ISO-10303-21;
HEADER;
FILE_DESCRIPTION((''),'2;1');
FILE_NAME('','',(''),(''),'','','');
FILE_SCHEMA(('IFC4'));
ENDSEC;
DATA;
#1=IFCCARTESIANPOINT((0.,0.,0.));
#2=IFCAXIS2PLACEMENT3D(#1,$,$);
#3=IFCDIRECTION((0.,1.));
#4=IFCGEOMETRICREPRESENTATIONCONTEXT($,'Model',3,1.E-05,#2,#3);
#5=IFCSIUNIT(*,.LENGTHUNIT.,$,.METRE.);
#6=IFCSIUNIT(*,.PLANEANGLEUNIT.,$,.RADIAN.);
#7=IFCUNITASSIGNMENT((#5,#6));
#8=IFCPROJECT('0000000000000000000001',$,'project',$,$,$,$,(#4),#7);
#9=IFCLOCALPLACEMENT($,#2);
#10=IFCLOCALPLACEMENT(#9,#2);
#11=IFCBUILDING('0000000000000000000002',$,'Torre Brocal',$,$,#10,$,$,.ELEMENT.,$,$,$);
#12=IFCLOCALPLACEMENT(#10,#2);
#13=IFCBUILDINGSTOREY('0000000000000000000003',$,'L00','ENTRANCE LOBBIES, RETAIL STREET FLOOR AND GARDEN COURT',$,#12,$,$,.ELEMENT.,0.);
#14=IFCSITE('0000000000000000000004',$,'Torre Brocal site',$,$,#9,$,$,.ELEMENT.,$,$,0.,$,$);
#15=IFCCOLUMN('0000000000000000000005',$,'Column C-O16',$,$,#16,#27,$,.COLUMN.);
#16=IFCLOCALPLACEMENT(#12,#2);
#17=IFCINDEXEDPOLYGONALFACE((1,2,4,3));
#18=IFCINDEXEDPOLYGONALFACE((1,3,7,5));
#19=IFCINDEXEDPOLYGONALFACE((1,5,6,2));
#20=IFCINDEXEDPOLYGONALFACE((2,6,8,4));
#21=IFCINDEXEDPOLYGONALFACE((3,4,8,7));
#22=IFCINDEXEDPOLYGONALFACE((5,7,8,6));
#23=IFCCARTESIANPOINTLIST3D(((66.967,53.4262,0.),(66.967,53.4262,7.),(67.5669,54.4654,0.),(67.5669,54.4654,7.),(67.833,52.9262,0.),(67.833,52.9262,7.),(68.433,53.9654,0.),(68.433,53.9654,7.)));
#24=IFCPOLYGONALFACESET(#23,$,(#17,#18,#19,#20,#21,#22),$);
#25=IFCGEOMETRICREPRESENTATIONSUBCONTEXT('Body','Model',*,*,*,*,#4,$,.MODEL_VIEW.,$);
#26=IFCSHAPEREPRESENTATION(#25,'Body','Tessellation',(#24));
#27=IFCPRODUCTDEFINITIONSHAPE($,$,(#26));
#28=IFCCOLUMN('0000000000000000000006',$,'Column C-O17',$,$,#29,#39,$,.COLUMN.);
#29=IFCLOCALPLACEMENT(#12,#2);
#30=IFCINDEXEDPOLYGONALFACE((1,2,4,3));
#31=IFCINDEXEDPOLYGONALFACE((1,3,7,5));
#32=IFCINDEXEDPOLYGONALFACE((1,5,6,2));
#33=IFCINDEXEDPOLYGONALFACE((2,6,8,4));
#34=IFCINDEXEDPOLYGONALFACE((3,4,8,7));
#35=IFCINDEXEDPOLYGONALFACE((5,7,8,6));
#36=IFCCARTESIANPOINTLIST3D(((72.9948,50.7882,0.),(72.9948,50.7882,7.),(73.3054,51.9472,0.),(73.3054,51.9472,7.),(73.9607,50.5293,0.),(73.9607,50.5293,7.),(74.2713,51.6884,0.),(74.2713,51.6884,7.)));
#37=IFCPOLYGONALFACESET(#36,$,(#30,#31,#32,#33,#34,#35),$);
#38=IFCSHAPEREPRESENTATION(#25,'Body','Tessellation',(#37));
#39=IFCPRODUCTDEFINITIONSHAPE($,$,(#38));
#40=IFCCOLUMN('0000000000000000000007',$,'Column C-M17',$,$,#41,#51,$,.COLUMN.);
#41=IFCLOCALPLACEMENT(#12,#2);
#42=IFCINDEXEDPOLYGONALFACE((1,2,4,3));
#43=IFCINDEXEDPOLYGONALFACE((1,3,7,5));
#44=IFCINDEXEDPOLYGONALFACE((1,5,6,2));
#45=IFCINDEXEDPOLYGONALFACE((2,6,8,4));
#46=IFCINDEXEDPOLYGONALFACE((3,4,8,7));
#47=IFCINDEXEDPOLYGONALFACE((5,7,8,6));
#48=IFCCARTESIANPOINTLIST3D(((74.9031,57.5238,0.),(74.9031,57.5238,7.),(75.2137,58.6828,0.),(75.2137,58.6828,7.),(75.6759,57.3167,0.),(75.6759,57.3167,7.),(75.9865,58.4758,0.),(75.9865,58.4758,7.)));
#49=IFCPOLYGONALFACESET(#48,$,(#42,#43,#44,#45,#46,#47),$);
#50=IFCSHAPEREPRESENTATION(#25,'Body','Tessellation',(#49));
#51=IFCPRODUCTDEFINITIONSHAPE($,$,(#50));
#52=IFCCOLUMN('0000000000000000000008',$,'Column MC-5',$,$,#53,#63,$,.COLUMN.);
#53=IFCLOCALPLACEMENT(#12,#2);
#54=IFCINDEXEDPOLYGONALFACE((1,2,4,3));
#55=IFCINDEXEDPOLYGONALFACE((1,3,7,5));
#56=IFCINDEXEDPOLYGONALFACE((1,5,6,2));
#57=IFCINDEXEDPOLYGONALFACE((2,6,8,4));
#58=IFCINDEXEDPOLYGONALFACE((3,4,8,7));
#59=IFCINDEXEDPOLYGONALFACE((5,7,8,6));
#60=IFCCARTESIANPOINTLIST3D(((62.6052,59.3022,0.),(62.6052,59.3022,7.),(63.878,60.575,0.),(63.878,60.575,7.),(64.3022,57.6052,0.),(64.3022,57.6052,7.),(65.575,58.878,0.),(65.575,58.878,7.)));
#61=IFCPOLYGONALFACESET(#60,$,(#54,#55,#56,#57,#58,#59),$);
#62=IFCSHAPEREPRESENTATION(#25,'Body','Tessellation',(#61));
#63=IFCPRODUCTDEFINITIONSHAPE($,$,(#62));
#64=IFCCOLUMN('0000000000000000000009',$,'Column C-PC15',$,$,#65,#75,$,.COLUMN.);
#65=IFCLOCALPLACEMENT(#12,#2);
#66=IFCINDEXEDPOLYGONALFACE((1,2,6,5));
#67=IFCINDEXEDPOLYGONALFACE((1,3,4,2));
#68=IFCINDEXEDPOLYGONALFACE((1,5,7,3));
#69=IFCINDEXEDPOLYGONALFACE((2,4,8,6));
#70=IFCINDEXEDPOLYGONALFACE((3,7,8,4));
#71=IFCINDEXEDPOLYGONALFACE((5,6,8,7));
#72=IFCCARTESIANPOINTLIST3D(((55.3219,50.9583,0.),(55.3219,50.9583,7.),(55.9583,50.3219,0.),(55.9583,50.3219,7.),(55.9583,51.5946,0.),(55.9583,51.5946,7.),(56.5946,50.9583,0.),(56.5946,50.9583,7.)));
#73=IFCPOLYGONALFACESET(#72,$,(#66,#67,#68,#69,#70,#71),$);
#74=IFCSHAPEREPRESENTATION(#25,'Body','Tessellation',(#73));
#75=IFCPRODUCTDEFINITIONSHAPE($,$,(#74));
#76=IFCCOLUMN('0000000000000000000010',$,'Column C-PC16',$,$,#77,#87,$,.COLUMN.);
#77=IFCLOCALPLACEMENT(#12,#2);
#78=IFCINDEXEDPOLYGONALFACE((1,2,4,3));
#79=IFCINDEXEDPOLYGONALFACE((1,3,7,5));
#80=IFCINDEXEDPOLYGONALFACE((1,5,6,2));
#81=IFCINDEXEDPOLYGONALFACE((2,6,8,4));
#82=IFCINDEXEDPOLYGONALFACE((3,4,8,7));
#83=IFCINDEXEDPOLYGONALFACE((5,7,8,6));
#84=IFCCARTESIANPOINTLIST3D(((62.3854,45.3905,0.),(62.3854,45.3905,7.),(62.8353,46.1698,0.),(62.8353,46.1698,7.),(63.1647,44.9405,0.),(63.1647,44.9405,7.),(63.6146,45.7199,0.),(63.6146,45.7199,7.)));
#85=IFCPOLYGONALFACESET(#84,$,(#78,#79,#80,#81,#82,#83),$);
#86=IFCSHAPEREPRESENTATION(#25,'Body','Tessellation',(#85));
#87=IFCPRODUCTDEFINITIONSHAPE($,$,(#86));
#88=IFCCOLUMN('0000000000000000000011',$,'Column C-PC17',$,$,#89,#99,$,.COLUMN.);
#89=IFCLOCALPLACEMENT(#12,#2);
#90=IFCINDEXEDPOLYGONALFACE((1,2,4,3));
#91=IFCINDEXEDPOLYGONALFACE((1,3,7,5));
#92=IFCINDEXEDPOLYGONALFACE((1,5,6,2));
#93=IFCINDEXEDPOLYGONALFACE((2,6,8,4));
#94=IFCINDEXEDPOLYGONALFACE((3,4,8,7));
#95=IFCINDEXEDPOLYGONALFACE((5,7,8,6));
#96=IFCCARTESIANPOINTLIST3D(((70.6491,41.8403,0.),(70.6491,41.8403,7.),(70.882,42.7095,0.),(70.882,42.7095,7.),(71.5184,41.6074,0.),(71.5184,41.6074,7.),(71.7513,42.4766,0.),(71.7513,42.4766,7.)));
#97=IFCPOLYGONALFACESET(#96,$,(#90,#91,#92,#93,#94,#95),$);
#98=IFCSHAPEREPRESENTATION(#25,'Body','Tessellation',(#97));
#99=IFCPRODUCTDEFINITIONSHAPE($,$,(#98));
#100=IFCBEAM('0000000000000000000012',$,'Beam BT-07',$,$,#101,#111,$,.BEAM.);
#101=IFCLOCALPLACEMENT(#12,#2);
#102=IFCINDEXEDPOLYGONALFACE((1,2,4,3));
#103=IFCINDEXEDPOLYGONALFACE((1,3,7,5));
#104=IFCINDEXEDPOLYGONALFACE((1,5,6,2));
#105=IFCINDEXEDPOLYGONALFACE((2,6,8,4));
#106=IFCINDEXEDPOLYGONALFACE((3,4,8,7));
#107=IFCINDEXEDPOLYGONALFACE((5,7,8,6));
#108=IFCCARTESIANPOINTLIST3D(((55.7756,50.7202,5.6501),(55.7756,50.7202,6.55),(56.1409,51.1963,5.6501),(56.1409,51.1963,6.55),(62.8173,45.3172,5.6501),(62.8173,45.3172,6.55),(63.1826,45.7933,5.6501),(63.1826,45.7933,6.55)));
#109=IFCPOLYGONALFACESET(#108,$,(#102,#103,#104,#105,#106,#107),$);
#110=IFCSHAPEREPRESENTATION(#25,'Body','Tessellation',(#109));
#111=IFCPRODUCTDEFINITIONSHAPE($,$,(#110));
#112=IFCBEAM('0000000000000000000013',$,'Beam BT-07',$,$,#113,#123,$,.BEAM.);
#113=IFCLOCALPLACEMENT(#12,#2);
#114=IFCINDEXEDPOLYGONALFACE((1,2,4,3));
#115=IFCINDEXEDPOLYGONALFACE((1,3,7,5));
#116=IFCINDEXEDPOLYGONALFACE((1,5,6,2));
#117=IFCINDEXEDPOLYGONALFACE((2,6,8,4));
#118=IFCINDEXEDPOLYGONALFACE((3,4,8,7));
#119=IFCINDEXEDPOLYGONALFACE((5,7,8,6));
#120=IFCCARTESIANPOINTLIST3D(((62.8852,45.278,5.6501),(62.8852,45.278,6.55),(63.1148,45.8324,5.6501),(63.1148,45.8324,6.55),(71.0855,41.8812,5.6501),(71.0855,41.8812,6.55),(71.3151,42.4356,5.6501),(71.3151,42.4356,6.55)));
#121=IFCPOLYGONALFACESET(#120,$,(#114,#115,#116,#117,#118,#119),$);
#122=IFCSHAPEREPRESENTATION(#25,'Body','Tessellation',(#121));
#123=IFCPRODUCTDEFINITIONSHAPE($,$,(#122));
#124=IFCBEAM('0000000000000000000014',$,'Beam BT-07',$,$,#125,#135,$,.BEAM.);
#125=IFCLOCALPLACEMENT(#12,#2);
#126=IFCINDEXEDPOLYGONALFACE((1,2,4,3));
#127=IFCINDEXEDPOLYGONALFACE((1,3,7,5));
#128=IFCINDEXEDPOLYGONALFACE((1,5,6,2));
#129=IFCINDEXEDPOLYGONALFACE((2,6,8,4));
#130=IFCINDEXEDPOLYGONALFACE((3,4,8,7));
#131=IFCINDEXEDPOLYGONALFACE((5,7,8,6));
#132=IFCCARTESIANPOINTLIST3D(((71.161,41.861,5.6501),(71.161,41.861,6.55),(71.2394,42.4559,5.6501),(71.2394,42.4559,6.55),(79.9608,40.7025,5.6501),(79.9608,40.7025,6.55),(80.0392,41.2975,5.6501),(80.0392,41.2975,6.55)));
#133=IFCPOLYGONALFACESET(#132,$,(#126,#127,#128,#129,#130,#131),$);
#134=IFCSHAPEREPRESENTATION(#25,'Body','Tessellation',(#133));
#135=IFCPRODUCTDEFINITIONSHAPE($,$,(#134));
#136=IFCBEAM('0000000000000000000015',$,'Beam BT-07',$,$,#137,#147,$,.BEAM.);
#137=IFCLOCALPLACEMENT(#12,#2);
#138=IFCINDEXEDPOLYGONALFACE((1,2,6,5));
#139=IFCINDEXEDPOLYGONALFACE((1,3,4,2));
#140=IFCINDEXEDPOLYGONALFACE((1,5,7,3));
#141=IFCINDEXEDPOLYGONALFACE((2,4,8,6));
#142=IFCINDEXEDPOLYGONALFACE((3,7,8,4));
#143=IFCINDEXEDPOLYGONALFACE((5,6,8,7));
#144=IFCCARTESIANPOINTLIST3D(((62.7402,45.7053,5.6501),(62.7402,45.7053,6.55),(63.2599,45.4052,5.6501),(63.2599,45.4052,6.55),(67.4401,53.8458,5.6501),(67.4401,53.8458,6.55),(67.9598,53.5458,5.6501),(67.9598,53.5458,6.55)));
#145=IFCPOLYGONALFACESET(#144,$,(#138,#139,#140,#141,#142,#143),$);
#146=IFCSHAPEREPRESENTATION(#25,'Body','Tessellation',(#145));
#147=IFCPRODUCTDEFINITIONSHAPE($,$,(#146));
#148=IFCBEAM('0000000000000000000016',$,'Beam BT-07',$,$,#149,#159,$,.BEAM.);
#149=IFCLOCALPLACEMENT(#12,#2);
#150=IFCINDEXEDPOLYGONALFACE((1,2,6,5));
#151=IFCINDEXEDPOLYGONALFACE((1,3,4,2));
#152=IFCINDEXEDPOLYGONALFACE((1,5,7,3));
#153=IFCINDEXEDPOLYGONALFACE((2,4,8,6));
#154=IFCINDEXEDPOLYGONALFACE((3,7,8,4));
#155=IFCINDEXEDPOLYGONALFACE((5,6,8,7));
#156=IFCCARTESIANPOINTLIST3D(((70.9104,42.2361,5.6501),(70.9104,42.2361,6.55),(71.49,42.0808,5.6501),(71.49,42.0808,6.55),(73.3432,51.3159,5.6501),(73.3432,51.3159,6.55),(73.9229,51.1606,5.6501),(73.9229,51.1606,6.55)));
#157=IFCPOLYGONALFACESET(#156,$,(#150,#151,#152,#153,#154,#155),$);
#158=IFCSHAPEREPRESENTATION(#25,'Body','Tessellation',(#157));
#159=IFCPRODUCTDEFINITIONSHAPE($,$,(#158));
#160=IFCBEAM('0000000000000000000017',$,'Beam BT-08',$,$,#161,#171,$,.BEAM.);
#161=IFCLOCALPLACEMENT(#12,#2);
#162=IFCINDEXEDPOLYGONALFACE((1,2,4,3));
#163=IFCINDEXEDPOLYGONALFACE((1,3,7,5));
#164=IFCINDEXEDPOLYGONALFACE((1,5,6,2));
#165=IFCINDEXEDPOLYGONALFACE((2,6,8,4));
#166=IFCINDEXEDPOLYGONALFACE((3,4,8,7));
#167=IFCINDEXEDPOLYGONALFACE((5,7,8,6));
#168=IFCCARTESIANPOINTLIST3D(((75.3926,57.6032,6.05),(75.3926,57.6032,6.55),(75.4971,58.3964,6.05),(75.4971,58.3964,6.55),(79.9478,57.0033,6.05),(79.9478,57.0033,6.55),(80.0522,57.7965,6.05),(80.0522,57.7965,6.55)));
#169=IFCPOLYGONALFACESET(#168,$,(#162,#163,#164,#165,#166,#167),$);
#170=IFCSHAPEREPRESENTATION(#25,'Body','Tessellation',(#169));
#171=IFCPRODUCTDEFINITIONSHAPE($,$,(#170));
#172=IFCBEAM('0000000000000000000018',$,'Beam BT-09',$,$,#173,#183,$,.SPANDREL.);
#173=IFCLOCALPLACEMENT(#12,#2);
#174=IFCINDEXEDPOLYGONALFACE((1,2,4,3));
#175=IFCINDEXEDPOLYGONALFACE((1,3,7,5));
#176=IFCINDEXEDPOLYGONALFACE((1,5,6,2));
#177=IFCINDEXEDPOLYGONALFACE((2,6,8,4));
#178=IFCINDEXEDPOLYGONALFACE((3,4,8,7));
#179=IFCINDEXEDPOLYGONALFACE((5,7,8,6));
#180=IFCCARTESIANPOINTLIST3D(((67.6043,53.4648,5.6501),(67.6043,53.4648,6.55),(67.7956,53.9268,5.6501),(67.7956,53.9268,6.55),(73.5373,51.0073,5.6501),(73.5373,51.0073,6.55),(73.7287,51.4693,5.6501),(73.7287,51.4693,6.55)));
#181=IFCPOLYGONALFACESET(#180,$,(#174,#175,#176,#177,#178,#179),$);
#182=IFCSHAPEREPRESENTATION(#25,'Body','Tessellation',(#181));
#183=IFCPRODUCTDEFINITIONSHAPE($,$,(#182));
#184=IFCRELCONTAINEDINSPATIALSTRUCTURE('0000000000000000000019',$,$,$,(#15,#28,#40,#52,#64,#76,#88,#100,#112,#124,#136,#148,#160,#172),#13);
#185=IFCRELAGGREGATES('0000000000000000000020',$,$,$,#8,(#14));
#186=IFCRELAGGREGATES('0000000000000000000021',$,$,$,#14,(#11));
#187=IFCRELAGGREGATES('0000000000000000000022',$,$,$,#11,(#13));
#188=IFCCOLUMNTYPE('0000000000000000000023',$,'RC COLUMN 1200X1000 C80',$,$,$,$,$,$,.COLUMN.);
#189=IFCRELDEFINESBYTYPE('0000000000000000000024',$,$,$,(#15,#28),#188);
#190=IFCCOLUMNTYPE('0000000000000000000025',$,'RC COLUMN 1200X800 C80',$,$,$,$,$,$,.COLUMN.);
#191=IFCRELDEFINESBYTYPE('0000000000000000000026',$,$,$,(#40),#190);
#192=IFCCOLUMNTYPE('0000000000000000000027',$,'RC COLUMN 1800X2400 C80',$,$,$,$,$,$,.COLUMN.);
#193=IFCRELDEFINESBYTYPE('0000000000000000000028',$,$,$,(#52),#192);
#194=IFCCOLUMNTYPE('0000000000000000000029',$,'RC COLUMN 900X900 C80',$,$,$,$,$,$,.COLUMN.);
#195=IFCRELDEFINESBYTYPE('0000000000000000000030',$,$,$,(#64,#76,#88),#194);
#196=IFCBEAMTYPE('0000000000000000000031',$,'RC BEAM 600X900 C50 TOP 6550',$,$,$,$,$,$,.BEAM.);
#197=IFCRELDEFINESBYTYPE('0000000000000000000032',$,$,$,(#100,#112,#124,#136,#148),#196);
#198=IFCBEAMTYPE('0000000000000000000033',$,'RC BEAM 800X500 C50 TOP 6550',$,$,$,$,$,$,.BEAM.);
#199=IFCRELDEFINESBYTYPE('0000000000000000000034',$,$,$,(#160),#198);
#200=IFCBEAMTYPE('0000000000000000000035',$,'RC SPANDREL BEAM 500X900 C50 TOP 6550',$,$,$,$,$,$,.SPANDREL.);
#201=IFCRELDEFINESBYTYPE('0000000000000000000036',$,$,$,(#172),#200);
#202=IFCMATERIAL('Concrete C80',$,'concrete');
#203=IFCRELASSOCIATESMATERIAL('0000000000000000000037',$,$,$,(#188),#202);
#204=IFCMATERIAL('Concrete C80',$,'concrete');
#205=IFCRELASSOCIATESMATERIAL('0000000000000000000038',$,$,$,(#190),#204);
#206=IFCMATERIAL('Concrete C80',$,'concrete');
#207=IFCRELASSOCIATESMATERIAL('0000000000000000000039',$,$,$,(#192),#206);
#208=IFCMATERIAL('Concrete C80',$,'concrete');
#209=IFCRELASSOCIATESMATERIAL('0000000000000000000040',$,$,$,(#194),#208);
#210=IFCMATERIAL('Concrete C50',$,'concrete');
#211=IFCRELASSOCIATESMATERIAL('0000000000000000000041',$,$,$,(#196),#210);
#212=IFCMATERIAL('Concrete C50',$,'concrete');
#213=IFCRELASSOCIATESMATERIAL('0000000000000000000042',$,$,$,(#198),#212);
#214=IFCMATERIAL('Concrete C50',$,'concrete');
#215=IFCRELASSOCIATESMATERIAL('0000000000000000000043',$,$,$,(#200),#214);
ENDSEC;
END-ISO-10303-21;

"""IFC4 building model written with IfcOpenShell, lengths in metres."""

from ifc_helpers import new_model, si_unit, direction, frame, origin, origin_2d, place, context, subcontext, project, spatial, rectangle, extrude, material, material_profile, profile_set, type_object, element, save


model = new_model("IFC4")

# Units and contexts
model_context = context("Model", 3, precision=1e-05, world=origin(), true_north=direction((0.0, 1.0)))
body_context = subcontext(model_context, "Body", "Model", "MODEL_VIEW")
ifc_project = project(units=[si_unit("LENGTHUNIT", "METRE"), si_unit("PLANEANGLEUNIT", "RADIAN")], contexts=[model_context])

# Site, building, storey
site_placement = place(None, origin())
site = spatial("IfcSite", under=ifc_project, at=site_placement, Name="Torre Brocal site", CompositionType="ELEMENT", RefElevation=0.0)
building_placement = place(site_placement, origin())
building = spatial("IfcBuilding", under=site, at=building_placement, Name="Torre Brocal", CompositionType="ELEMENT")
storey_placement = place(building_placement, origin())
storey = spatial("IfcBuildingStorey", under=building, at=storey_placement, Name="L00", Description="ENTRANCE LOBBIES, RETAIL STREET FLOOR AND GARDEN COURT", CompositionType="ELEMENT", Elevation=0.0)

# Columns
ifc_material_1 = material(Name="Concrete C80", Category="concrete")
ifc_material_profile_1 = material_profile(ifc_material_1, rectangle(XDim=1.2, YDim=1.0, at=origin_2d()), Name="RC 1200X1000")
ifc_profile_set_1 = profile_set([ifc_material_profile_1], Name="Concrete C80")
column_type_1 = type_object("IfcColumnType", Name="RC COLUMN 1200X1000 C80", PredefinedType="COLUMN", material=ifc_profile_set_1)
for number, where, z_axis, x_axis, name in (
    (1, (67.7, 53.6958, 0.0), (0.0, 0.0, 1.0), (-0.5, -0.866025, 0.0), "Column C-O16"),
    (2, (73.6331, 51.2383, 0.0), (0.0, 0.0, 1.0), (-0.258819, -0.965926, 0.0), "Column C-O17"),
):
    element("IfcColumn", number, at=place(storey_placement, frame(where, z_axis=z_axis, x_axis=x_axis)), inside=storey, type_object=column_type_1, Name=name, PredefinedType="COLUMN", context=body_context, shape_type="SweptSolid", body=[
        extrude(rectangle(XDim=1.2, YDim=1.0, at=origin_2d()), origin(), (0.0, 0.0, 1.0), 7.0),
    ])
ifc_material_2 = material(Name="Concrete C80", Category="concrete")
ifc_material_profile_2 = material_profile(ifc_material_2, rectangle(XDim=1.2, YDim=0.8, at=origin_2d()), Name="RC 1200X800")
ifc_profile_set_2 = profile_set([ifc_material_profile_2], Name="Concrete C80")
column_type_2 = type_object("IfcColumnType", Name="RC COLUMN 1200X800 C80", PredefinedType="COLUMN", material=ifc_profile_set_2)
column_1_placement = place(storey_placement, frame((75.4448, 57.9998, 0.0), z_axis=(0.0, 0.0, 1.0), x_axis=(-0.258819, -0.965926, 0.0)))
element("IfcColumn", 3, at=column_1_placement, inside=storey, type_object=column_type_2, Name="Column C-M17", PredefinedType="COLUMN", context=body_context, shape_type="SweptSolid", body=[
    extrude(rectangle(XDim=1.2, YDim=0.8, at=origin_2d()), origin(), (0.0, 0.0, 1.0), 7.0),
])
ifc_material_3 = material(Name="Concrete C80", Category="concrete")
ifc_material_profile_3 = material_profile(ifc_material_3, rectangle(XDim=1.8, YDim=2.3999, at=origin_2d()), Name="RC 1800X2400")
ifc_profile_set_3 = profile_set([ifc_material_profile_3], Name="Concrete C80")
column_type_3 = type_object("IfcColumnType", Name="RC COLUMN 1800X2400 C80", PredefinedType="COLUMN", material=ifc_profile_set_3)
column_2_placement = place(storey_placement, frame((64.0901, 59.0901, 0.0), z_axis=(0.0, 0.0, 1.0), x_axis=(-0.707107, -0.707107, 0.0)))
element("IfcColumn", 4, at=column_2_placement, inside=storey, type_object=column_type_3, Name="Column MC-5", PredefinedType="COLUMN", context=body_context, shape_type="SweptSolid", body=[
    extrude(rectangle(XDim=1.8, YDim=2.3999, at=origin_2d()), origin(), (0.0, 0.0, 1.0), 7.0),
])
ifc_material_4 = material(Name="Concrete C80", Category="concrete")
ifc_material_profile_4 = material_profile(ifc_material_4, rectangle(XDim=0.8999, YDim=0.8999, at=origin_2d()), Name="RC 900X900")
ifc_profile_set_4 = profile_set([ifc_material_profile_4], Name="Concrete C80")
column_type_4 = type_object("IfcColumnType", Name="RC COLUMN 900X900 C80", PredefinedType="COLUMN", material=ifc_profile_set_4)
for number, where, z_axis, x_axis, name in (
    (5, (55.9583, 50.9583, 0.0), (0.0, 0.0, 1.0), (-0.707107, -0.707107, 0.0), "Column C-PC15"),
    (6, (63.0, 45.5552, 0.0), (0.0, 0.0, 1.0), (-0.5, -0.866025, 0.0), "Column C-PC16"),
    (7, (71.2002, 42.1584, 0.0), (0.0, 0.0, 1.0), (-0.258819, -0.965926, 0.0), "Column C-PC17"),
):
    element("IfcColumn", number, at=place(storey_placement, frame(where, z_axis=z_axis, x_axis=x_axis)), inside=storey, type_object=column_type_4, Name=name, PredefinedType="COLUMN", context=body_context, shape_type="SweptSolid", body=[
        extrude(rectangle(XDim=0.8999, YDim=0.8999, at=origin_2d()), origin(), (0.0, 0.0, 1.0), 7.0),
    ])

# Beams
ifc_material_5 = material(Name="Concrete C50", Category="concrete")
ifc_material_profile_5 = material_profile(ifc_material_5, rectangle(XDim=0.6001, YDim=0.8999, at=origin_2d()), Name="RC 600X900")
ifc_profile_set_5 = profile_set([ifc_material_profile_5], Name="Concrete C50")
beam_type_1 = type_object("IfcBeamType", Name="RC BEAM 600X900 C50 TOP 6550", PredefinedType="BEAM", material=ifc_profile_set_5)
beam_1_placement = place(storey_placement, frame((55.9583, 50.9583, 6.1001), z_axis=(0.793367, -0.608744, 0.0), x_axis=(0.608744, 0.793367, 0.0)))
element("IfcBeam", 8, at=beam_1_placement, inside=storey, type_object=beam_type_1, Name="Beam BT-07", PredefinedType="BEAM", context=body_context, shape_type="SweptSolid", body=[
    extrude(rectangle(XDim=0.6001, YDim=0.8999, at=origin_2d()), origin(), (0.0, 0.0, 1.0), 8.8757),
])
beam_2_placement = place(storey_placement, frame((63.0, 45.5552, 6.1001), z_axis=(0.923876, -0.382693, 0.0), x_axis=(0.382693, 0.923876, 0.0)))
element("IfcBeam", 9, at=beam_2_placement, inside=storey, type_object=beam_type_1, Name="Beam BT-07", PredefinedType="BEAM", context=body_context, shape_type="SweptSolid", body=[
    extrude(rectangle(XDim=0.6001, YDim=0.8999, at=origin_2d()), origin(), (0.0, 0.0, 1.0), 8.876),
])
beam_3_placement = place(storey_placement, frame((71.2002, 42.1584, 6.1001), z_axis=(0.991446, -0.130519, 0.0), x_axis=(0.130519, 0.991446, 0.0)))
element("IfcBeam", 10, at=beam_3_placement, inside=storey, type_object=beam_type_1, Name="Beam BT-07", PredefinedType="BEAM", context=body_context, shape_type="SweptSolid", body=[
    extrude(rectangle(XDim=0.6001, YDim=0.8999, at=origin_2d()), origin(), (0.0, 0.0, 1.0), 8.8757),
])
beam_4_placement = place(storey_placement, frame((67.7, 53.6958, 6.1001), z_axis=(-0.499997, -0.866027, 0.0), x_axis=(0.866027, -0.499997, 0.0)))
element("IfcBeam", 11, at=beam_4_placement, inside=storey, type_object=beam_type_1, Name="Beam BT-07", PredefinedType="BEAM", context=body_context, shape_type="SweptSolid", body=[
    extrude(rectangle(XDim=0.6001, YDim=0.8999, at=origin_2d()), origin(), (0.0, 0.0, 1.0), 9.3999),
])
beam_5_placement = place(storey_placement, frame((73.6331, 51.2383, 6.1001), z_axis=(-0.258812, -0.965928, 0.0), x_axis=(0.965928, -0.258812, 0.0)))
element("IfcBeam", 12, at=beam_5_placement, inside=storey, type_object=beam_type_1, Name="Beam BT-07", PredefinedType="BEAM", context=body_context, shape_type="SweptSolid", body=[
    extrude(rectangle(XDim=0.6001, YDim=0.8999, at=origin_2d()), origin(), (0.0, 0.0, 1.0), 9.4001),
])
ifc_material_6 = material(Name="Concrete C50", Category="concrete")
ifc_material_profile_6 = material_profile(ifc_material_6, rectangle(XDim=0.8, YDim=0.5, at=origin_2d()), Name="RC 800X500")
ifc_profile_set_6 = profile_set([ifc_material_profile_6], Name="Concrete C50")
beam_type_2 = type_object("IfcBeamType", Name="RC BEAM 800X500 C50 TOP 6550", PredefinedType="BEAM", material=ifc_profile_set_6)
beam_6_placement = place(storey_placement, frame((75.4448, 57.9998, 6.3), z_axis=(0.991441, -0.130559, 0.0), x_axis=(0.130559, 0.991441, 0.0)))
element("IfcBeam", 13, at=beam_6_placement, inside=storey, type_object=beam_type_2, Name="Beam BT-08", PredefinedType="BEAM", context=body_context, shape_type="SweptSolid", body=[
    extrude(rectangle(XDim=0.8, YDim=0.5, at=origin_2d()), origin(), (0.0, 0.0, 1.0), 4.5945),
])
ifc_material_7 = material(Name="Concrete C50", Category="concrete")
ifc_material_profile_7 = material_profile(ifc_material_7, rectangle(XDim=0.5, YDim=0.8999, at=origin_2d()), Name="RC 500X900")
ifc_profile_set_7 = profile_set([ifc_material_profile_7], Name="Concrete C50")
beam_type_3 = type_object("IfcBeamType", Name="RC SPANDREL BEAM 500X900 C50 TOP 6550", PredefinedType="SPANDREL", material=ifc_profile_set_7)
beam_7_placement = place(storey_placement, frame((67.7, 53.6958, 6.1001), z_axis=(0.923882, -0.382676, 0.0), x_axis=(0.382676, 0.923882, 0.0)))
element("IfcBeam", 14, at=beam_7_placement, inside=storey, type_object=beam_type_3, Name="Beam BT-09", PredefinedType="SPANDREL", context=body_context, shape_type="SweptSolid", body=[
    extrude(rectangle(XDim=0.5, YDim=0.8999, at=origin_2d()), origin(), (0.0, 0.0, 1.0), 6.4219),
])

save(model, "model.ifc")
